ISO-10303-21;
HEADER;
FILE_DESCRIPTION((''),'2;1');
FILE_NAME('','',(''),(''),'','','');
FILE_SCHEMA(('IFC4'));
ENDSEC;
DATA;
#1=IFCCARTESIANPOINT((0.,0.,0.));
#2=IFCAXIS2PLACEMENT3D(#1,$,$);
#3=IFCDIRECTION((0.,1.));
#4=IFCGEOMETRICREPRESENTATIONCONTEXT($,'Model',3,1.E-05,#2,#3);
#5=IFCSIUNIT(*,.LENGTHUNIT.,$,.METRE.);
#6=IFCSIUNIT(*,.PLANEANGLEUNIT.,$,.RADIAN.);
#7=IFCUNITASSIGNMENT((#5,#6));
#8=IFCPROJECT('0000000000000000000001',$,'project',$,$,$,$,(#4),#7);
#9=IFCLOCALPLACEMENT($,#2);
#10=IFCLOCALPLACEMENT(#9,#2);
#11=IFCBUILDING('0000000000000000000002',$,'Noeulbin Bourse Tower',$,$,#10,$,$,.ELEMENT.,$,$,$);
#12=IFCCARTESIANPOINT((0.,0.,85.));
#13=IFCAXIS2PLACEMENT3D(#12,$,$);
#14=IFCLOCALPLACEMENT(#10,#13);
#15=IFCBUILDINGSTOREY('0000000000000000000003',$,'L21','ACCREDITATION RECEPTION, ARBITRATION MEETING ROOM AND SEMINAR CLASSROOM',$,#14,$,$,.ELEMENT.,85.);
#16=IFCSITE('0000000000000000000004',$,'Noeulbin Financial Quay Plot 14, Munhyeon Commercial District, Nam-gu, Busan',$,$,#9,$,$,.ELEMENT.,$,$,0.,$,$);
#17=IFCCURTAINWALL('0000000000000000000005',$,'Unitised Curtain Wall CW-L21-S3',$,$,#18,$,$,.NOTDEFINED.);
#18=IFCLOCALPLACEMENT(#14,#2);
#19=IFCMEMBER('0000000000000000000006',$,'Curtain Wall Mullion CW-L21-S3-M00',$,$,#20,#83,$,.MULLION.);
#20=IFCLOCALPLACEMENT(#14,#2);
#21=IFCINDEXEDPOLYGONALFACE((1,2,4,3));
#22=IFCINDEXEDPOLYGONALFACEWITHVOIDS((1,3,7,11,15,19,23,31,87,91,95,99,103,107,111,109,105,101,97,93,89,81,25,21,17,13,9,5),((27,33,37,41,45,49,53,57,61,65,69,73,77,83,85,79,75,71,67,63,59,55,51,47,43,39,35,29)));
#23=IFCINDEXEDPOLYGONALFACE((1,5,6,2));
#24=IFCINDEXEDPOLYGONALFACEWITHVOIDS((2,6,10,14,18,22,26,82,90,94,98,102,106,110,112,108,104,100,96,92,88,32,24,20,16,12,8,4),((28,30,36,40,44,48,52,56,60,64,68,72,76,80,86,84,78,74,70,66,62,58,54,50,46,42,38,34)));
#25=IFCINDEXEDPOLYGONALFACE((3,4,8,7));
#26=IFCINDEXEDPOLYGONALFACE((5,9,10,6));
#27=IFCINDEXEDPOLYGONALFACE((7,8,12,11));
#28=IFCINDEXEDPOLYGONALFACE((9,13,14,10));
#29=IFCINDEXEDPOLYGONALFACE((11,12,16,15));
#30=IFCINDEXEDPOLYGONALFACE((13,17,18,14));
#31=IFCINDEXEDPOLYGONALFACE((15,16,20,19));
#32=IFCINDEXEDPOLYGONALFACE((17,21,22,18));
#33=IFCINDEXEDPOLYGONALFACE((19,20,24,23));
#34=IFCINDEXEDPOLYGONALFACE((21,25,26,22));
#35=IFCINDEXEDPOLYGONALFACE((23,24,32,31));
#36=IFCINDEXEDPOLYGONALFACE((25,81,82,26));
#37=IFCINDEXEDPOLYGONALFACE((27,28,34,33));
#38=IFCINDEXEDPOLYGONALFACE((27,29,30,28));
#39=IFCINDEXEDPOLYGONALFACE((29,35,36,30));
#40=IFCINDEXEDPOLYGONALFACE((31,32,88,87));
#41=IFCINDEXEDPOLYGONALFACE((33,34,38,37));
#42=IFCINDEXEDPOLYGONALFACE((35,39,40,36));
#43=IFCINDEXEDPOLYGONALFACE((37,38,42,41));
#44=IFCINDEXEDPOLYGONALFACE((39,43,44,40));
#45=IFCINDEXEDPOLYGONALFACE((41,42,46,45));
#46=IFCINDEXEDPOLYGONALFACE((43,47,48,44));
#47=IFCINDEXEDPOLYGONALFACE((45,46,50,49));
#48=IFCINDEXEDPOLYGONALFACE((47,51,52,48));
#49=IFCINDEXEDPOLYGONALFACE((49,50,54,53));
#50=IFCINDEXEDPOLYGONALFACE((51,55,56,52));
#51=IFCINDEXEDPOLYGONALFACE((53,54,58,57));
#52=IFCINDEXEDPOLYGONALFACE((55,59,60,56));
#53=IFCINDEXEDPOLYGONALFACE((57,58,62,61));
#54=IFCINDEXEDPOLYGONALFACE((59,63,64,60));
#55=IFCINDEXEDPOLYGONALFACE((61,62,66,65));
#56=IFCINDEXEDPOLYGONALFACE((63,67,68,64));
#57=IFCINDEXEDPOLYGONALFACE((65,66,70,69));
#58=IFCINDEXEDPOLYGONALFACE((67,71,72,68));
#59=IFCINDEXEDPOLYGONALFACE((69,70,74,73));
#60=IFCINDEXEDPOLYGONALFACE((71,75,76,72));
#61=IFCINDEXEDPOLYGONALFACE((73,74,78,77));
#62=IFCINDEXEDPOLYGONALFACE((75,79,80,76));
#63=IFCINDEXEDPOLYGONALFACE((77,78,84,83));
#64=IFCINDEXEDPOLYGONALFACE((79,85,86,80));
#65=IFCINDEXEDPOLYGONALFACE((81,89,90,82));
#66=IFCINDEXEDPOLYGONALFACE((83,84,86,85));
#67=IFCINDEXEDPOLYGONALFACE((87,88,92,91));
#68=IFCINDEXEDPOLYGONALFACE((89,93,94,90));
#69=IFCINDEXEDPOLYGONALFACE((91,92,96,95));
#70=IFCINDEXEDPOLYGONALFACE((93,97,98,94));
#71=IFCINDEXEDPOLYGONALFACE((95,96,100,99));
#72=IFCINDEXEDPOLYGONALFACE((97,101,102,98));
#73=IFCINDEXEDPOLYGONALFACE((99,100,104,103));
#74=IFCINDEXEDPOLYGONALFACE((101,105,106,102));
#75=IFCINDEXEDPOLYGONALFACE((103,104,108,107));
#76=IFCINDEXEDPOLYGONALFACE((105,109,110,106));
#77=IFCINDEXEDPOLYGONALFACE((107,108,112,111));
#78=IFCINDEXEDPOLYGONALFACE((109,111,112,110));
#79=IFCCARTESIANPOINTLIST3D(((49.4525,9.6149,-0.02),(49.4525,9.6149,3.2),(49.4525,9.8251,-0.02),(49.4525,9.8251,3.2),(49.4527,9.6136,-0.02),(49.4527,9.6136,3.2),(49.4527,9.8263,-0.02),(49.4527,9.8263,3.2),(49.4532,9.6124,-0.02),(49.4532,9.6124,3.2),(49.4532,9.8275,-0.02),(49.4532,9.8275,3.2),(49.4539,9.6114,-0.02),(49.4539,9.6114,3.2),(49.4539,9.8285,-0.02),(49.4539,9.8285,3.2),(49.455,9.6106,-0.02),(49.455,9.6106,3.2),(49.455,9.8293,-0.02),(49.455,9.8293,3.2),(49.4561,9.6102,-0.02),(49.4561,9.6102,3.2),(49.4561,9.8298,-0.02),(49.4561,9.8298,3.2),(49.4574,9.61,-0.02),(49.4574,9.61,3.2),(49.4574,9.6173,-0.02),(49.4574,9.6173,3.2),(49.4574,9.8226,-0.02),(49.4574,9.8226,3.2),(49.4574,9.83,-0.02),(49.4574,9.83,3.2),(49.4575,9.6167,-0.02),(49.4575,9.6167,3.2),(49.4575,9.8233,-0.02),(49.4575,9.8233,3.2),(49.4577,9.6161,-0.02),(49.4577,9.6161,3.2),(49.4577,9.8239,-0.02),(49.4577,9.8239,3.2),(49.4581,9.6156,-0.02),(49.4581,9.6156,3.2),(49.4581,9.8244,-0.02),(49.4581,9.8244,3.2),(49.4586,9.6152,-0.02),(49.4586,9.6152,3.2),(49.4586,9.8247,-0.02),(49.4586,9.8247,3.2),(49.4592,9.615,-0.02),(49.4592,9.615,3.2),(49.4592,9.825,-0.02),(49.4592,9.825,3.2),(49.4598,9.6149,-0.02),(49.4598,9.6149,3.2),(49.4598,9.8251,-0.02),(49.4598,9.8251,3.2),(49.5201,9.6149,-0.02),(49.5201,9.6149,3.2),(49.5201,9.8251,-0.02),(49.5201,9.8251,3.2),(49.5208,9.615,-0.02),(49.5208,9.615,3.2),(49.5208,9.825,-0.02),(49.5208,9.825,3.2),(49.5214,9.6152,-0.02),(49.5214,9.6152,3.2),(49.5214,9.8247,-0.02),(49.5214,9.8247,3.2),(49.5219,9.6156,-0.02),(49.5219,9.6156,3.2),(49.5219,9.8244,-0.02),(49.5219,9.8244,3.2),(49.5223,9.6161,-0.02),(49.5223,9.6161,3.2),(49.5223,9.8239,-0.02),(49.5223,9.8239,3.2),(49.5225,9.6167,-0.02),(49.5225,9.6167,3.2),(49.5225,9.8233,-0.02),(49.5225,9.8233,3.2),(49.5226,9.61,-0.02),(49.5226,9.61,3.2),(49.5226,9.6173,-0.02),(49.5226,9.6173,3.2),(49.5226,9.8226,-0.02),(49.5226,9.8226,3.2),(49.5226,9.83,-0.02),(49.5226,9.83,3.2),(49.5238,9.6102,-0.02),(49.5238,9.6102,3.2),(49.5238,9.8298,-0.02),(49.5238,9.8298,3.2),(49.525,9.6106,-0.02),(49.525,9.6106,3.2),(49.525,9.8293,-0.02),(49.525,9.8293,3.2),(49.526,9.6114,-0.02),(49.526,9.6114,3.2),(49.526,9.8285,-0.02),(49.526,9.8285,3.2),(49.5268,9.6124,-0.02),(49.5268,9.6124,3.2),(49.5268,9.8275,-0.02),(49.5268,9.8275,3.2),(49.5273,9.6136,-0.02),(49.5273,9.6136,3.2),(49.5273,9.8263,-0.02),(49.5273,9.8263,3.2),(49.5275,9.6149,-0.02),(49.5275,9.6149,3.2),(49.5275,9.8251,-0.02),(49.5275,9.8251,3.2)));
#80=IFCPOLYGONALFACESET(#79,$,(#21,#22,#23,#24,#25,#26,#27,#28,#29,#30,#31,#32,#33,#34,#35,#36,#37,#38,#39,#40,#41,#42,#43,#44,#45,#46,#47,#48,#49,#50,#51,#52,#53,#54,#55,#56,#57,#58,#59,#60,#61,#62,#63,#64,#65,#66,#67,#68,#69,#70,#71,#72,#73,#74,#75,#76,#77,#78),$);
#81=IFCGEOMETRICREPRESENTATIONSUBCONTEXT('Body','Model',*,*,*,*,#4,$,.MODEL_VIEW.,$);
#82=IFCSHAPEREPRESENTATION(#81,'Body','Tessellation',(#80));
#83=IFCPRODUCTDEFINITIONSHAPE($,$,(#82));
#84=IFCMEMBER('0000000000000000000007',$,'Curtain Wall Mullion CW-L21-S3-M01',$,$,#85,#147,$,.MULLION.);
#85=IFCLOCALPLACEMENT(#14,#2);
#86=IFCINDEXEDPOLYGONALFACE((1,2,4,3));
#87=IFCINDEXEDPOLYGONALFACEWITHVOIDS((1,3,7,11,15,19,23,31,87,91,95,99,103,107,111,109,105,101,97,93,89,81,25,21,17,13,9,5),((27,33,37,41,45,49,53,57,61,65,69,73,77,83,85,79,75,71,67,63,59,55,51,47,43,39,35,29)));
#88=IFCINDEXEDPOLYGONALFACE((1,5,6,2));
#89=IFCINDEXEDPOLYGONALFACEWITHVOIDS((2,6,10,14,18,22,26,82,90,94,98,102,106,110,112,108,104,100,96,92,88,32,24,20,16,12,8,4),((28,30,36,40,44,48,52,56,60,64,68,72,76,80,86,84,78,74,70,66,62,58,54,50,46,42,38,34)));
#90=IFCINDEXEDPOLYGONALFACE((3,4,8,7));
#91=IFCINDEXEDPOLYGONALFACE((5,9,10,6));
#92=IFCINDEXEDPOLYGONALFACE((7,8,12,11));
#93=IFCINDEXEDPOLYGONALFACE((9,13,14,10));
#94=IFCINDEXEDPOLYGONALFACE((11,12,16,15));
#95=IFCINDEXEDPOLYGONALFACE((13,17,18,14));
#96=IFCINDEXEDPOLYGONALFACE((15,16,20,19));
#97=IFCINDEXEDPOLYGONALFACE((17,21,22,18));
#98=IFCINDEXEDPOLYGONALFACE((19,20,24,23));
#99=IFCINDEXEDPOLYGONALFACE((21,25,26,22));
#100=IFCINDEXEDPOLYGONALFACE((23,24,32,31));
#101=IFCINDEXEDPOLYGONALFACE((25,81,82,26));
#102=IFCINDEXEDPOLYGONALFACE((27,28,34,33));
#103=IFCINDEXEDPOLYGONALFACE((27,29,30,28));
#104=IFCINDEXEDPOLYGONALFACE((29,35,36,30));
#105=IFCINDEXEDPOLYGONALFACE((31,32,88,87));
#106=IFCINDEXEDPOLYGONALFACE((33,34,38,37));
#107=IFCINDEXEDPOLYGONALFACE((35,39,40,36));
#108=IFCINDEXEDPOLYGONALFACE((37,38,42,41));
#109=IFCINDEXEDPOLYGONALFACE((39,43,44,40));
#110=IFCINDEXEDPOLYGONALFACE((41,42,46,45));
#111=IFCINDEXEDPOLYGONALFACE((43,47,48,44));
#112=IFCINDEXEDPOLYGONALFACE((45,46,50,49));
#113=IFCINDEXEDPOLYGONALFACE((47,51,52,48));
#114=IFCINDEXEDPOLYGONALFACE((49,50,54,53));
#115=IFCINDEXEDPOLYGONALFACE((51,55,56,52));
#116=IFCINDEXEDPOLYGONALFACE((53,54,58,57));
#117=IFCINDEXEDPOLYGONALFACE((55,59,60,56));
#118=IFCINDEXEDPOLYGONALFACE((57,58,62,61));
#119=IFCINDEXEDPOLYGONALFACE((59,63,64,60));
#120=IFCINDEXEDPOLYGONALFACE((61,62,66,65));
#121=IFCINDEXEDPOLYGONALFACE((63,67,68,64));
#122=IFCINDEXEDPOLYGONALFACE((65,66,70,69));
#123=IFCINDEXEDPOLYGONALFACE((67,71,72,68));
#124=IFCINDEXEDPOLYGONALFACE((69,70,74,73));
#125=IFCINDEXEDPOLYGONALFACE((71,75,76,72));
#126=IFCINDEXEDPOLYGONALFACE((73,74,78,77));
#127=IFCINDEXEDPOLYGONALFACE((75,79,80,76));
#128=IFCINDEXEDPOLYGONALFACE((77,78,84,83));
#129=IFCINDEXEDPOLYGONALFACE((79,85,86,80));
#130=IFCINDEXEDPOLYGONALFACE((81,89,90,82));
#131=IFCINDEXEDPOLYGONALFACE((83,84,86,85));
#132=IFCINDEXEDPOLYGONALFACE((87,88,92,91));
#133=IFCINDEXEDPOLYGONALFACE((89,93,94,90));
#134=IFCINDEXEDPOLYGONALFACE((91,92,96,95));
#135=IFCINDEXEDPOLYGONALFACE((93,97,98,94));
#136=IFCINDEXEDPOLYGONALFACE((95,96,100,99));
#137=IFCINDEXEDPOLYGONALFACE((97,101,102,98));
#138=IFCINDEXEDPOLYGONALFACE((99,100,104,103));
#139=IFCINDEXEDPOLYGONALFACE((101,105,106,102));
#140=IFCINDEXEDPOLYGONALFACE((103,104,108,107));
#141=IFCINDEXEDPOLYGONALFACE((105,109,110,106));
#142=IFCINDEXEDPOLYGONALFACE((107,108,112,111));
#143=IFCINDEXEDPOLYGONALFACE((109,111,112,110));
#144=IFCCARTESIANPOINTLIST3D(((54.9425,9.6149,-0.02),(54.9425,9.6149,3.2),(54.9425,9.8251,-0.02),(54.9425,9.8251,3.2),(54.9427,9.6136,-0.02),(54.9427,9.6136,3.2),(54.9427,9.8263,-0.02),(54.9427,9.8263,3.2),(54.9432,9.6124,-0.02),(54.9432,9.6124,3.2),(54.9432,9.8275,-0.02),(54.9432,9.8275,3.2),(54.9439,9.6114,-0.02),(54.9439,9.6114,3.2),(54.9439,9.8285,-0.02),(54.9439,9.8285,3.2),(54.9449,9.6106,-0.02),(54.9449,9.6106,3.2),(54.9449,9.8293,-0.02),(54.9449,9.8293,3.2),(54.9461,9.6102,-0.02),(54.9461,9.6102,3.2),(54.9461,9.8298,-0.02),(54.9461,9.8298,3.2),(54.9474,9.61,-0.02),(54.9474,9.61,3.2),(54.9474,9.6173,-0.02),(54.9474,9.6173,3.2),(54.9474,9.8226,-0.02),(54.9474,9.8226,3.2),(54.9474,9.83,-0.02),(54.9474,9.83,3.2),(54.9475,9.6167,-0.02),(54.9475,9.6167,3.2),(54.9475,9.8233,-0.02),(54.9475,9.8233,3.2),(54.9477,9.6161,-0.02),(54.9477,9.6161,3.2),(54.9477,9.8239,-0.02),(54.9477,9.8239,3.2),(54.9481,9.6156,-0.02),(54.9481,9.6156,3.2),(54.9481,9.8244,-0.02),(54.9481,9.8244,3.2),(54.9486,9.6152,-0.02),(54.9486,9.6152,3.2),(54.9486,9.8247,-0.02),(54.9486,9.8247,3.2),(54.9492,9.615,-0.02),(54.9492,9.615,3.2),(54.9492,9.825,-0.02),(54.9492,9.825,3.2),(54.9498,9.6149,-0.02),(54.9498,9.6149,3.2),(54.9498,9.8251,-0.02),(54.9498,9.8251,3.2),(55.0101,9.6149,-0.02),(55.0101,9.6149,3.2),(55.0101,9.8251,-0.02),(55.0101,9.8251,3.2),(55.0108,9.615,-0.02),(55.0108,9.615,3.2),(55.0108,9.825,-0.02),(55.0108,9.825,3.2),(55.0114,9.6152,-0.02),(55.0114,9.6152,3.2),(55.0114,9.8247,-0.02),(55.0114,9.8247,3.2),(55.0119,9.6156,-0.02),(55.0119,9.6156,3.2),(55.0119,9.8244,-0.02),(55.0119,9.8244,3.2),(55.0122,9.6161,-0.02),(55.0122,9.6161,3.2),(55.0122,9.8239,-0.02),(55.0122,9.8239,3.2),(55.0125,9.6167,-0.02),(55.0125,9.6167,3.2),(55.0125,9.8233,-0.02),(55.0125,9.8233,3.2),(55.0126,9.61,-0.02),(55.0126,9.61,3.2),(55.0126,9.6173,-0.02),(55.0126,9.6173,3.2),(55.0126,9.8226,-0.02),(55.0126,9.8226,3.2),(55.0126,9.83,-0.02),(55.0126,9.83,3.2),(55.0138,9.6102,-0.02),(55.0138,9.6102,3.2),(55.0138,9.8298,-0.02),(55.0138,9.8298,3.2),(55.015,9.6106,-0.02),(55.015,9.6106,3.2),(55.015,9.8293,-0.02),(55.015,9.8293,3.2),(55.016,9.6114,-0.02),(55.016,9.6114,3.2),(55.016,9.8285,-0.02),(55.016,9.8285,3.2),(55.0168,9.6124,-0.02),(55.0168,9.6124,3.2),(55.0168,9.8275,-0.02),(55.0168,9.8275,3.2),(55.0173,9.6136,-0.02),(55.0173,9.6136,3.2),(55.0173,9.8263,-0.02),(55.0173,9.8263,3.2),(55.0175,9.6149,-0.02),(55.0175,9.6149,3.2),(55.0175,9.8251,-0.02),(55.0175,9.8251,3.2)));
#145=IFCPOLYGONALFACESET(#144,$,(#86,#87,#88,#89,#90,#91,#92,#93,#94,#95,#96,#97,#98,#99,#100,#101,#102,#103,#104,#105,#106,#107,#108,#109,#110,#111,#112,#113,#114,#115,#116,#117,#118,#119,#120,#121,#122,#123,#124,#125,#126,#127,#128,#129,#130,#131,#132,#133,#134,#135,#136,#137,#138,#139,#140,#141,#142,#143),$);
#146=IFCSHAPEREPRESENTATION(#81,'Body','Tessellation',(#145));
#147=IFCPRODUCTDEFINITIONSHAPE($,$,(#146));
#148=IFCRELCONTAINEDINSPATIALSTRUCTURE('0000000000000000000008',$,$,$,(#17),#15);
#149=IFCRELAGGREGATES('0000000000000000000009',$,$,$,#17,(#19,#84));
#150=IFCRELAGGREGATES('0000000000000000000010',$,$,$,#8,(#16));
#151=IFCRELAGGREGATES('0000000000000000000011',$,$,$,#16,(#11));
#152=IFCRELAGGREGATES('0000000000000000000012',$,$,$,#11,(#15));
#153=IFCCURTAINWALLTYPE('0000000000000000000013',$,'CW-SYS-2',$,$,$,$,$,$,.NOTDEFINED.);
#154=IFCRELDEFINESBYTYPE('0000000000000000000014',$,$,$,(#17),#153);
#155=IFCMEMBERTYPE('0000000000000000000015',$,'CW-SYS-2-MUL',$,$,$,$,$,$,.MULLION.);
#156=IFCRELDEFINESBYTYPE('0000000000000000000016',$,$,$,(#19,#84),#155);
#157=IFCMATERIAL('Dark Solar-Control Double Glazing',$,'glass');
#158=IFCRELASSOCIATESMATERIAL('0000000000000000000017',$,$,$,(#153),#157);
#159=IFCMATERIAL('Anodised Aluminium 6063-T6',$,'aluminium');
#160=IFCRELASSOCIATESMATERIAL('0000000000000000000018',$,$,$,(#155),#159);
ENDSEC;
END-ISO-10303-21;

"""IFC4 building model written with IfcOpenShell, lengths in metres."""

from ifc_helpers import new_model, si_unit, direction, frame, origin, origin_2d, place, context, subcontext, project, spatial, hollow_rectangle, extrude, material, material_profile, profile_set, type_object, element, aggregate, save


model = new_model("IFC4")

# Units and contexts
model_context = context("Model", 3, precision=1e-05, world=origin(), true_north=direction((0.0, 1.0)))
body_context = subcontext(model_context, "Body", "Model", "MODEL_VIEW")
ifc_project = project(units=[si_unit("LENGTHUNIT", "METRE"), si_unit("PLANEANGLEUNIT", "RADIAN")], contexts=[model_context])

# Site, building, storey
site_placement = place(None, origin())
site = spatial("IfcSite", under=ifc_project, at=site_placement, Name="Noeulbin Financial Quay Plot 14, Munhyeon Commercial District, Nam-gu, Busan", CompositionType="ELEMENT", RefElevation=0.0)
building_placement = place(site_placement, origin())
building = spatial("IfcBuilding", under=site, at=building_placement, Name="Noeulbin Bourse Tower", CompositionType="ELEMENT")
storey_placement = place(building_placement, frame((0.0, 0.0, 85.0)))
storey = spatial("IfcBuildingStorey", under=building, at=storey_placement, Name="L21", Description="ACCREDITATION RECEPTION, ARBITRATION MEETING ROOM AND SEMINAR CLASSROOM", CompositionType="ELEMENT", Elevation=85.0)

# Shared definitions
ifc_material_1 = material(Name="Dark Solar-Control Double Glazing", Category="glass")
curtain_wall_type = type_object("IfcCurtainWallType", Name="CW-SYS-2", PredefinedType="NOTDEFINED", material=ifc_material_1)
ifc_material_2 = material(Name="Anodised Aluminium 6063-T6", Category="aluminium")
ifc_material_profile_1 = material_profile(ifc_material_2, hollow_rectangle(XDim=0.075, YDim=0.22, WallThickness=0.0049, InnerFilletRadius=0.0024, OuterFilletRadius=0.0049, at=origin_2d()), Name="ALU-MULL-75x220x5", Category="LoadBearing")
ifc_profile_set_1 = profile_set([ifc_material_profile_1], Name="Anodised Aluminium 6063-T6")
member_type_1 = type_object("IfcMemberType", Name="CW-SYS-2-MUL", PredefinedType="MULLION", material=ifc_profile_set_1)

# Curtain wall, members
curtain_wall_1_placement = place(storey_placement, origin())
curtain_wall_1 = element("IfcCurtainWall", 1, at=curtain_wall_1_placement, inside=storey, type_object=curtain_wall_type, Name="Unitised Curtain Wall CW-L21-S3", PredefinedType="NOTDEFINED")
member_1_placement = place(storey_placement, frame((49.49, 9.72, -0.02), z_axis=(0.0, 0.0, 1.0), x_axis=(1.0, 0.0, 0.0)))
member_1 = element("IfcMember", 2, at=member_1_placement, type_object=member_type_1, Name="Curtain Wall Mullion CW-L21-S3-M00", PredefinedType="MULLION", context=body_context, shape_type="SweptSolid", body=[
    extrude(hollow_rectangle(XDim=0.075, YDim=0.22, WallThickness=0.0049, InnerFilletRadius=0.0024, OuterFilletRadius=0.0049, at=origin_2d()), origin(), (0.0, 0.0, 1.0), 3.22),
])
member_2_placement = place(storey_placement, frame((54.98, 9.72, -0.02), z_axis=(0.0, 0.0, 1.0), x_axis=(1.0, 0.0, 0.0)))
member_2 = element("IfcMember", 3, at=member_2_placement, type_object=member_type_1, Name="Curtain Wall Mullion CW-L21-S3-M01", PredefinedType="MULLION", context=body_context, shape_type="SweptSolid", body=[
    extrude(hollow_rectangle(XDim=0.075, YDim=0.22, WallThickness=0.0049, InnerFilletRadius=0.0024, OuterFilletRadius=0.0049, at=origin_2d()), origin(), (0.0, 0.0, 1.0), 3.22),
])

aggregate(curtain_wall_1, [member_1, member_2])

save(model, "model.ifc")
